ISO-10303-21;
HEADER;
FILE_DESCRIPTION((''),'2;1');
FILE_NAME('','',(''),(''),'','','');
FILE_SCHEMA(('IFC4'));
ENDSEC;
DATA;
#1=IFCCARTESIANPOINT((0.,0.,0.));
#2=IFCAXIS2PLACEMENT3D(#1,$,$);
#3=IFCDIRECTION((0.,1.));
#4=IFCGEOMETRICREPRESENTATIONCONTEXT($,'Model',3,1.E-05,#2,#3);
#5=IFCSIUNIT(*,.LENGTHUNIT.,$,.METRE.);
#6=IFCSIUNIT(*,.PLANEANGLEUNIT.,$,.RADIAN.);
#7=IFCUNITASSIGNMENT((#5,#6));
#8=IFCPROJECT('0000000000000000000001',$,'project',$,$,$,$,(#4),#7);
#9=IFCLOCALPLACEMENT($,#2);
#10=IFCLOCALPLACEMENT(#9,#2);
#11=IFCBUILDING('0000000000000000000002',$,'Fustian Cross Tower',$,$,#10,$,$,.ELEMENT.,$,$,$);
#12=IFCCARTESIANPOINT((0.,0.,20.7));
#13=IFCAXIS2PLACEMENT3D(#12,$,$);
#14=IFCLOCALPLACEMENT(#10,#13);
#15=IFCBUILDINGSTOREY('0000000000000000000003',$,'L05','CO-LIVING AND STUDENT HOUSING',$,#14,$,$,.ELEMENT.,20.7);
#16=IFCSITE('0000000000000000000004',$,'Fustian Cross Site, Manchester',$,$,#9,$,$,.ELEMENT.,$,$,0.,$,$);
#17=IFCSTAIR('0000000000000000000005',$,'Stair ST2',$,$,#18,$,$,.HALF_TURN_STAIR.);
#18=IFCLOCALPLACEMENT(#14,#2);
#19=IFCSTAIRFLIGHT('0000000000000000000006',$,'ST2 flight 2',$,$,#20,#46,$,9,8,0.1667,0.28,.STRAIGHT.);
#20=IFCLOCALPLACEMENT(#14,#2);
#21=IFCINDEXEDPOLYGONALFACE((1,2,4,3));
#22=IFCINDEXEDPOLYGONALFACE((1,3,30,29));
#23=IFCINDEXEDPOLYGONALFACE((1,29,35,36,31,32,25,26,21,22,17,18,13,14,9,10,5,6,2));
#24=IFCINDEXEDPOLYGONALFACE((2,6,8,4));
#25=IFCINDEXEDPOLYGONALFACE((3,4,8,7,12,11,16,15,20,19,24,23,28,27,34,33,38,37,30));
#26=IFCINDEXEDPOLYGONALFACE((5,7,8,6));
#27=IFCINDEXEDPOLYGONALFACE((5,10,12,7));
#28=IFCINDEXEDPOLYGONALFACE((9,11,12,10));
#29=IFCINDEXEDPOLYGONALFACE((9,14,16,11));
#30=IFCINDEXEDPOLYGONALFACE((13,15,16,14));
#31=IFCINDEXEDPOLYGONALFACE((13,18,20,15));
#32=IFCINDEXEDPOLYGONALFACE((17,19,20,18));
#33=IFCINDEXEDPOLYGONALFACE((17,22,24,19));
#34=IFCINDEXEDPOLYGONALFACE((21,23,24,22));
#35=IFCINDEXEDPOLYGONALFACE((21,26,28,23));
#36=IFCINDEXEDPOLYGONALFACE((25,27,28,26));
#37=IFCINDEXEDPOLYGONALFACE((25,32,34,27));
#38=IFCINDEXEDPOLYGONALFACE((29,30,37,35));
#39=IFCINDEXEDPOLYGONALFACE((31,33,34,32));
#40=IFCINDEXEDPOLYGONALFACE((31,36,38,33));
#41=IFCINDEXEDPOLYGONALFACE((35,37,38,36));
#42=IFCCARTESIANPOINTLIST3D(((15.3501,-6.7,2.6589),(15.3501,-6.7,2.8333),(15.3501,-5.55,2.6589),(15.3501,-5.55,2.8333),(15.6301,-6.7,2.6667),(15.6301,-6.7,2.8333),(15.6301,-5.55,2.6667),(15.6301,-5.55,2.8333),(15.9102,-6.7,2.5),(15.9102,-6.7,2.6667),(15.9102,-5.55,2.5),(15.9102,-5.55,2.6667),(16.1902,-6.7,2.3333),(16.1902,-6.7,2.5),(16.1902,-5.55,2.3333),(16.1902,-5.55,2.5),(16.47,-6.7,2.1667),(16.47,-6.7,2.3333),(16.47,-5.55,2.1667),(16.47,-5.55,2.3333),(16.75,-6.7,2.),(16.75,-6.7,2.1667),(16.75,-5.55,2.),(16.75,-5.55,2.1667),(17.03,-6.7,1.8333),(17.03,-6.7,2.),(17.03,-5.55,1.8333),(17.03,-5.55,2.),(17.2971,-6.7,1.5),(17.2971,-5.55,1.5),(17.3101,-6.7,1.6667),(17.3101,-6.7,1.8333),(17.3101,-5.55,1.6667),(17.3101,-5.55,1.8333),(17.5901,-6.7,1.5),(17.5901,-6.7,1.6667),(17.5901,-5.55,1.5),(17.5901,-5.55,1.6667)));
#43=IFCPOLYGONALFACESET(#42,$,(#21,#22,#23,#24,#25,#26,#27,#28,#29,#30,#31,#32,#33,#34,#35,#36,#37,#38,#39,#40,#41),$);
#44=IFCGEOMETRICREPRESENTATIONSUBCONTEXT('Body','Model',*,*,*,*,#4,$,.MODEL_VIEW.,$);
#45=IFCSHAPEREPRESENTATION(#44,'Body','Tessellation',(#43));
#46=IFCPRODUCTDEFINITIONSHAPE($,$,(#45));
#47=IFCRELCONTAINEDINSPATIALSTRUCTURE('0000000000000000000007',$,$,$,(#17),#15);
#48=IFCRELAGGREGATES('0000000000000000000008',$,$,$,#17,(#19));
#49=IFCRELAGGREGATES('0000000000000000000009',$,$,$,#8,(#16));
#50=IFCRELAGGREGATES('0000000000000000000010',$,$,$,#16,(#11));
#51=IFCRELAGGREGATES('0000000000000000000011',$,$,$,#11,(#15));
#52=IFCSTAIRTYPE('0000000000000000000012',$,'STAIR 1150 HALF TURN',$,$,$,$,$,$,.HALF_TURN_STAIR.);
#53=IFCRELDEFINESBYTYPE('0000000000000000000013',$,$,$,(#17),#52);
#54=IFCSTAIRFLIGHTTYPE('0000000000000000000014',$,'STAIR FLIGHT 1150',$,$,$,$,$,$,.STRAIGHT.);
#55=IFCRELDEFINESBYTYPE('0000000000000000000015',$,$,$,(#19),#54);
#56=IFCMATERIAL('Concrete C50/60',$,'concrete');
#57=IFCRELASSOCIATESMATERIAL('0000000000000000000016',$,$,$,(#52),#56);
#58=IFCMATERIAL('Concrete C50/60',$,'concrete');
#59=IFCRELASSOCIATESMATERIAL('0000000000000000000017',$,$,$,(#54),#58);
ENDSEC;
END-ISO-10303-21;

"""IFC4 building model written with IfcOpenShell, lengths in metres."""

from ifc_helpers import new_model, si_unit, direction, frame, origin, place, context, subcontext, project, spatial, polyline, outline, extrude, material, type_object, element, aggregate, save


model = new_model("IFC4")

# Units and contexts
model_context = context("Model", 3, precision=1e-05, world=origin(), true_north=direction((0.0, 1.0)))
body_context = subcontext(model_context, "Body", "Model", "MODEL_VIEW")
ifc_project = project(units=[si_unit("LENGTHUNIT", "METRE"), si_unit("PLANEANGLEUNIT", "RADIAN")], contexts=[model_context])

# Site, building, storey
site_placement = place(None, origin())
site = spatial("IfcSite", under=ifc_project, at=site_placement, Name="Fustian Cross Site, Manchester", CompositionType="ELEMENT", RefElevation=0.0)
building_placement = place(site_placement, origin())
building = spatial("IfcBuilding", under=site, at=building_placement, Name="Fustian Cross Tower", CompositionType="ELEMENT")
storey_placement = place(building_placement, frame((0.0, 0.0, 20.7)))
storey = spatial("IfcBuildingStorey", under=building, at=storey_placement, Name="L05", Description="CO-LIVING AND STUDENT HOUSING", CompositionType="ELEMENT", Elevation=20.7)

# Stair, stair flight
ifc_material_1 = material(Name="Concrete C50/60", Category="concrete")
stair_type = type_object("IfcStairType", Name="STAIR 1150 HALF TURN", PredefinedType="HALF_TURN_STAIR", material=ifc_material_1)
stair_placement = place(storey_placement, origin())
stair = element("IfcStair", 1, at=stair_placement, inside=storey, type_object=stair_type, Name="Stair ST2", PredefinedType="HALF_TURN_STAIR")
ifc_material_2 = material(Name="Concrete C50/60", Category="concrete")
stair_flight_type = type_object("IfcStairFlightType", Name="STAIR FLIGHT 1150", PredefinedType="STRAIGHT", material=ifc_material_2)
stair_flight_1_placement = place(storey_placement, frame((17.5901, -6.125, 1.5), z_axis=(0.0, 0.0, 1.0), x_axis=(-1.0, 0.0, 0.0)))
stair_flight_1 = element("IfcStairFlight", 2, at=stair_flight_1_placement, type_object=stair_flight_type, Name="ST2 flight 2", NumberOfRisers=9, NumberOfTreads=8, PredefinedType="STRAIGHT", RiserHeight=0.1667, TreadLength=0.28, context=body_context, shape_type="SweptSolid", body=[
    extrude(outline(polyline([(0.0, 0.0), (0.0, 0.1667), (0.28, 0.1667), (0.28, 0.3333), (0.5601, 0.3333), (0.5601, 0.5), (0.8401, 0.5), (0.8401, 0.6667), (1.1201, 0.6667), (1.1201, 0.8333), (1.3999, 0.8333), (1.3999, 1.0), (1.6799, 1.0), (1.6799, 1.1667), (1.96, 1.1667), (1.96, 1.3333), (2.24, 1.3333), (2.24, 1.5), (2.24, 1.1589), (0.293, 0.0), (0.0, 0.0)])), frame((0.0, 0.575, 0.0), z_axis=(0.0, -1.0, 0.0), x_axis=(1.0, 0.0, 0.0)), (0.0, 0.0, 1.0), 1.1499),
])
aggregate(stair, [stair_flight_1])

save(model, "model.ifc")
